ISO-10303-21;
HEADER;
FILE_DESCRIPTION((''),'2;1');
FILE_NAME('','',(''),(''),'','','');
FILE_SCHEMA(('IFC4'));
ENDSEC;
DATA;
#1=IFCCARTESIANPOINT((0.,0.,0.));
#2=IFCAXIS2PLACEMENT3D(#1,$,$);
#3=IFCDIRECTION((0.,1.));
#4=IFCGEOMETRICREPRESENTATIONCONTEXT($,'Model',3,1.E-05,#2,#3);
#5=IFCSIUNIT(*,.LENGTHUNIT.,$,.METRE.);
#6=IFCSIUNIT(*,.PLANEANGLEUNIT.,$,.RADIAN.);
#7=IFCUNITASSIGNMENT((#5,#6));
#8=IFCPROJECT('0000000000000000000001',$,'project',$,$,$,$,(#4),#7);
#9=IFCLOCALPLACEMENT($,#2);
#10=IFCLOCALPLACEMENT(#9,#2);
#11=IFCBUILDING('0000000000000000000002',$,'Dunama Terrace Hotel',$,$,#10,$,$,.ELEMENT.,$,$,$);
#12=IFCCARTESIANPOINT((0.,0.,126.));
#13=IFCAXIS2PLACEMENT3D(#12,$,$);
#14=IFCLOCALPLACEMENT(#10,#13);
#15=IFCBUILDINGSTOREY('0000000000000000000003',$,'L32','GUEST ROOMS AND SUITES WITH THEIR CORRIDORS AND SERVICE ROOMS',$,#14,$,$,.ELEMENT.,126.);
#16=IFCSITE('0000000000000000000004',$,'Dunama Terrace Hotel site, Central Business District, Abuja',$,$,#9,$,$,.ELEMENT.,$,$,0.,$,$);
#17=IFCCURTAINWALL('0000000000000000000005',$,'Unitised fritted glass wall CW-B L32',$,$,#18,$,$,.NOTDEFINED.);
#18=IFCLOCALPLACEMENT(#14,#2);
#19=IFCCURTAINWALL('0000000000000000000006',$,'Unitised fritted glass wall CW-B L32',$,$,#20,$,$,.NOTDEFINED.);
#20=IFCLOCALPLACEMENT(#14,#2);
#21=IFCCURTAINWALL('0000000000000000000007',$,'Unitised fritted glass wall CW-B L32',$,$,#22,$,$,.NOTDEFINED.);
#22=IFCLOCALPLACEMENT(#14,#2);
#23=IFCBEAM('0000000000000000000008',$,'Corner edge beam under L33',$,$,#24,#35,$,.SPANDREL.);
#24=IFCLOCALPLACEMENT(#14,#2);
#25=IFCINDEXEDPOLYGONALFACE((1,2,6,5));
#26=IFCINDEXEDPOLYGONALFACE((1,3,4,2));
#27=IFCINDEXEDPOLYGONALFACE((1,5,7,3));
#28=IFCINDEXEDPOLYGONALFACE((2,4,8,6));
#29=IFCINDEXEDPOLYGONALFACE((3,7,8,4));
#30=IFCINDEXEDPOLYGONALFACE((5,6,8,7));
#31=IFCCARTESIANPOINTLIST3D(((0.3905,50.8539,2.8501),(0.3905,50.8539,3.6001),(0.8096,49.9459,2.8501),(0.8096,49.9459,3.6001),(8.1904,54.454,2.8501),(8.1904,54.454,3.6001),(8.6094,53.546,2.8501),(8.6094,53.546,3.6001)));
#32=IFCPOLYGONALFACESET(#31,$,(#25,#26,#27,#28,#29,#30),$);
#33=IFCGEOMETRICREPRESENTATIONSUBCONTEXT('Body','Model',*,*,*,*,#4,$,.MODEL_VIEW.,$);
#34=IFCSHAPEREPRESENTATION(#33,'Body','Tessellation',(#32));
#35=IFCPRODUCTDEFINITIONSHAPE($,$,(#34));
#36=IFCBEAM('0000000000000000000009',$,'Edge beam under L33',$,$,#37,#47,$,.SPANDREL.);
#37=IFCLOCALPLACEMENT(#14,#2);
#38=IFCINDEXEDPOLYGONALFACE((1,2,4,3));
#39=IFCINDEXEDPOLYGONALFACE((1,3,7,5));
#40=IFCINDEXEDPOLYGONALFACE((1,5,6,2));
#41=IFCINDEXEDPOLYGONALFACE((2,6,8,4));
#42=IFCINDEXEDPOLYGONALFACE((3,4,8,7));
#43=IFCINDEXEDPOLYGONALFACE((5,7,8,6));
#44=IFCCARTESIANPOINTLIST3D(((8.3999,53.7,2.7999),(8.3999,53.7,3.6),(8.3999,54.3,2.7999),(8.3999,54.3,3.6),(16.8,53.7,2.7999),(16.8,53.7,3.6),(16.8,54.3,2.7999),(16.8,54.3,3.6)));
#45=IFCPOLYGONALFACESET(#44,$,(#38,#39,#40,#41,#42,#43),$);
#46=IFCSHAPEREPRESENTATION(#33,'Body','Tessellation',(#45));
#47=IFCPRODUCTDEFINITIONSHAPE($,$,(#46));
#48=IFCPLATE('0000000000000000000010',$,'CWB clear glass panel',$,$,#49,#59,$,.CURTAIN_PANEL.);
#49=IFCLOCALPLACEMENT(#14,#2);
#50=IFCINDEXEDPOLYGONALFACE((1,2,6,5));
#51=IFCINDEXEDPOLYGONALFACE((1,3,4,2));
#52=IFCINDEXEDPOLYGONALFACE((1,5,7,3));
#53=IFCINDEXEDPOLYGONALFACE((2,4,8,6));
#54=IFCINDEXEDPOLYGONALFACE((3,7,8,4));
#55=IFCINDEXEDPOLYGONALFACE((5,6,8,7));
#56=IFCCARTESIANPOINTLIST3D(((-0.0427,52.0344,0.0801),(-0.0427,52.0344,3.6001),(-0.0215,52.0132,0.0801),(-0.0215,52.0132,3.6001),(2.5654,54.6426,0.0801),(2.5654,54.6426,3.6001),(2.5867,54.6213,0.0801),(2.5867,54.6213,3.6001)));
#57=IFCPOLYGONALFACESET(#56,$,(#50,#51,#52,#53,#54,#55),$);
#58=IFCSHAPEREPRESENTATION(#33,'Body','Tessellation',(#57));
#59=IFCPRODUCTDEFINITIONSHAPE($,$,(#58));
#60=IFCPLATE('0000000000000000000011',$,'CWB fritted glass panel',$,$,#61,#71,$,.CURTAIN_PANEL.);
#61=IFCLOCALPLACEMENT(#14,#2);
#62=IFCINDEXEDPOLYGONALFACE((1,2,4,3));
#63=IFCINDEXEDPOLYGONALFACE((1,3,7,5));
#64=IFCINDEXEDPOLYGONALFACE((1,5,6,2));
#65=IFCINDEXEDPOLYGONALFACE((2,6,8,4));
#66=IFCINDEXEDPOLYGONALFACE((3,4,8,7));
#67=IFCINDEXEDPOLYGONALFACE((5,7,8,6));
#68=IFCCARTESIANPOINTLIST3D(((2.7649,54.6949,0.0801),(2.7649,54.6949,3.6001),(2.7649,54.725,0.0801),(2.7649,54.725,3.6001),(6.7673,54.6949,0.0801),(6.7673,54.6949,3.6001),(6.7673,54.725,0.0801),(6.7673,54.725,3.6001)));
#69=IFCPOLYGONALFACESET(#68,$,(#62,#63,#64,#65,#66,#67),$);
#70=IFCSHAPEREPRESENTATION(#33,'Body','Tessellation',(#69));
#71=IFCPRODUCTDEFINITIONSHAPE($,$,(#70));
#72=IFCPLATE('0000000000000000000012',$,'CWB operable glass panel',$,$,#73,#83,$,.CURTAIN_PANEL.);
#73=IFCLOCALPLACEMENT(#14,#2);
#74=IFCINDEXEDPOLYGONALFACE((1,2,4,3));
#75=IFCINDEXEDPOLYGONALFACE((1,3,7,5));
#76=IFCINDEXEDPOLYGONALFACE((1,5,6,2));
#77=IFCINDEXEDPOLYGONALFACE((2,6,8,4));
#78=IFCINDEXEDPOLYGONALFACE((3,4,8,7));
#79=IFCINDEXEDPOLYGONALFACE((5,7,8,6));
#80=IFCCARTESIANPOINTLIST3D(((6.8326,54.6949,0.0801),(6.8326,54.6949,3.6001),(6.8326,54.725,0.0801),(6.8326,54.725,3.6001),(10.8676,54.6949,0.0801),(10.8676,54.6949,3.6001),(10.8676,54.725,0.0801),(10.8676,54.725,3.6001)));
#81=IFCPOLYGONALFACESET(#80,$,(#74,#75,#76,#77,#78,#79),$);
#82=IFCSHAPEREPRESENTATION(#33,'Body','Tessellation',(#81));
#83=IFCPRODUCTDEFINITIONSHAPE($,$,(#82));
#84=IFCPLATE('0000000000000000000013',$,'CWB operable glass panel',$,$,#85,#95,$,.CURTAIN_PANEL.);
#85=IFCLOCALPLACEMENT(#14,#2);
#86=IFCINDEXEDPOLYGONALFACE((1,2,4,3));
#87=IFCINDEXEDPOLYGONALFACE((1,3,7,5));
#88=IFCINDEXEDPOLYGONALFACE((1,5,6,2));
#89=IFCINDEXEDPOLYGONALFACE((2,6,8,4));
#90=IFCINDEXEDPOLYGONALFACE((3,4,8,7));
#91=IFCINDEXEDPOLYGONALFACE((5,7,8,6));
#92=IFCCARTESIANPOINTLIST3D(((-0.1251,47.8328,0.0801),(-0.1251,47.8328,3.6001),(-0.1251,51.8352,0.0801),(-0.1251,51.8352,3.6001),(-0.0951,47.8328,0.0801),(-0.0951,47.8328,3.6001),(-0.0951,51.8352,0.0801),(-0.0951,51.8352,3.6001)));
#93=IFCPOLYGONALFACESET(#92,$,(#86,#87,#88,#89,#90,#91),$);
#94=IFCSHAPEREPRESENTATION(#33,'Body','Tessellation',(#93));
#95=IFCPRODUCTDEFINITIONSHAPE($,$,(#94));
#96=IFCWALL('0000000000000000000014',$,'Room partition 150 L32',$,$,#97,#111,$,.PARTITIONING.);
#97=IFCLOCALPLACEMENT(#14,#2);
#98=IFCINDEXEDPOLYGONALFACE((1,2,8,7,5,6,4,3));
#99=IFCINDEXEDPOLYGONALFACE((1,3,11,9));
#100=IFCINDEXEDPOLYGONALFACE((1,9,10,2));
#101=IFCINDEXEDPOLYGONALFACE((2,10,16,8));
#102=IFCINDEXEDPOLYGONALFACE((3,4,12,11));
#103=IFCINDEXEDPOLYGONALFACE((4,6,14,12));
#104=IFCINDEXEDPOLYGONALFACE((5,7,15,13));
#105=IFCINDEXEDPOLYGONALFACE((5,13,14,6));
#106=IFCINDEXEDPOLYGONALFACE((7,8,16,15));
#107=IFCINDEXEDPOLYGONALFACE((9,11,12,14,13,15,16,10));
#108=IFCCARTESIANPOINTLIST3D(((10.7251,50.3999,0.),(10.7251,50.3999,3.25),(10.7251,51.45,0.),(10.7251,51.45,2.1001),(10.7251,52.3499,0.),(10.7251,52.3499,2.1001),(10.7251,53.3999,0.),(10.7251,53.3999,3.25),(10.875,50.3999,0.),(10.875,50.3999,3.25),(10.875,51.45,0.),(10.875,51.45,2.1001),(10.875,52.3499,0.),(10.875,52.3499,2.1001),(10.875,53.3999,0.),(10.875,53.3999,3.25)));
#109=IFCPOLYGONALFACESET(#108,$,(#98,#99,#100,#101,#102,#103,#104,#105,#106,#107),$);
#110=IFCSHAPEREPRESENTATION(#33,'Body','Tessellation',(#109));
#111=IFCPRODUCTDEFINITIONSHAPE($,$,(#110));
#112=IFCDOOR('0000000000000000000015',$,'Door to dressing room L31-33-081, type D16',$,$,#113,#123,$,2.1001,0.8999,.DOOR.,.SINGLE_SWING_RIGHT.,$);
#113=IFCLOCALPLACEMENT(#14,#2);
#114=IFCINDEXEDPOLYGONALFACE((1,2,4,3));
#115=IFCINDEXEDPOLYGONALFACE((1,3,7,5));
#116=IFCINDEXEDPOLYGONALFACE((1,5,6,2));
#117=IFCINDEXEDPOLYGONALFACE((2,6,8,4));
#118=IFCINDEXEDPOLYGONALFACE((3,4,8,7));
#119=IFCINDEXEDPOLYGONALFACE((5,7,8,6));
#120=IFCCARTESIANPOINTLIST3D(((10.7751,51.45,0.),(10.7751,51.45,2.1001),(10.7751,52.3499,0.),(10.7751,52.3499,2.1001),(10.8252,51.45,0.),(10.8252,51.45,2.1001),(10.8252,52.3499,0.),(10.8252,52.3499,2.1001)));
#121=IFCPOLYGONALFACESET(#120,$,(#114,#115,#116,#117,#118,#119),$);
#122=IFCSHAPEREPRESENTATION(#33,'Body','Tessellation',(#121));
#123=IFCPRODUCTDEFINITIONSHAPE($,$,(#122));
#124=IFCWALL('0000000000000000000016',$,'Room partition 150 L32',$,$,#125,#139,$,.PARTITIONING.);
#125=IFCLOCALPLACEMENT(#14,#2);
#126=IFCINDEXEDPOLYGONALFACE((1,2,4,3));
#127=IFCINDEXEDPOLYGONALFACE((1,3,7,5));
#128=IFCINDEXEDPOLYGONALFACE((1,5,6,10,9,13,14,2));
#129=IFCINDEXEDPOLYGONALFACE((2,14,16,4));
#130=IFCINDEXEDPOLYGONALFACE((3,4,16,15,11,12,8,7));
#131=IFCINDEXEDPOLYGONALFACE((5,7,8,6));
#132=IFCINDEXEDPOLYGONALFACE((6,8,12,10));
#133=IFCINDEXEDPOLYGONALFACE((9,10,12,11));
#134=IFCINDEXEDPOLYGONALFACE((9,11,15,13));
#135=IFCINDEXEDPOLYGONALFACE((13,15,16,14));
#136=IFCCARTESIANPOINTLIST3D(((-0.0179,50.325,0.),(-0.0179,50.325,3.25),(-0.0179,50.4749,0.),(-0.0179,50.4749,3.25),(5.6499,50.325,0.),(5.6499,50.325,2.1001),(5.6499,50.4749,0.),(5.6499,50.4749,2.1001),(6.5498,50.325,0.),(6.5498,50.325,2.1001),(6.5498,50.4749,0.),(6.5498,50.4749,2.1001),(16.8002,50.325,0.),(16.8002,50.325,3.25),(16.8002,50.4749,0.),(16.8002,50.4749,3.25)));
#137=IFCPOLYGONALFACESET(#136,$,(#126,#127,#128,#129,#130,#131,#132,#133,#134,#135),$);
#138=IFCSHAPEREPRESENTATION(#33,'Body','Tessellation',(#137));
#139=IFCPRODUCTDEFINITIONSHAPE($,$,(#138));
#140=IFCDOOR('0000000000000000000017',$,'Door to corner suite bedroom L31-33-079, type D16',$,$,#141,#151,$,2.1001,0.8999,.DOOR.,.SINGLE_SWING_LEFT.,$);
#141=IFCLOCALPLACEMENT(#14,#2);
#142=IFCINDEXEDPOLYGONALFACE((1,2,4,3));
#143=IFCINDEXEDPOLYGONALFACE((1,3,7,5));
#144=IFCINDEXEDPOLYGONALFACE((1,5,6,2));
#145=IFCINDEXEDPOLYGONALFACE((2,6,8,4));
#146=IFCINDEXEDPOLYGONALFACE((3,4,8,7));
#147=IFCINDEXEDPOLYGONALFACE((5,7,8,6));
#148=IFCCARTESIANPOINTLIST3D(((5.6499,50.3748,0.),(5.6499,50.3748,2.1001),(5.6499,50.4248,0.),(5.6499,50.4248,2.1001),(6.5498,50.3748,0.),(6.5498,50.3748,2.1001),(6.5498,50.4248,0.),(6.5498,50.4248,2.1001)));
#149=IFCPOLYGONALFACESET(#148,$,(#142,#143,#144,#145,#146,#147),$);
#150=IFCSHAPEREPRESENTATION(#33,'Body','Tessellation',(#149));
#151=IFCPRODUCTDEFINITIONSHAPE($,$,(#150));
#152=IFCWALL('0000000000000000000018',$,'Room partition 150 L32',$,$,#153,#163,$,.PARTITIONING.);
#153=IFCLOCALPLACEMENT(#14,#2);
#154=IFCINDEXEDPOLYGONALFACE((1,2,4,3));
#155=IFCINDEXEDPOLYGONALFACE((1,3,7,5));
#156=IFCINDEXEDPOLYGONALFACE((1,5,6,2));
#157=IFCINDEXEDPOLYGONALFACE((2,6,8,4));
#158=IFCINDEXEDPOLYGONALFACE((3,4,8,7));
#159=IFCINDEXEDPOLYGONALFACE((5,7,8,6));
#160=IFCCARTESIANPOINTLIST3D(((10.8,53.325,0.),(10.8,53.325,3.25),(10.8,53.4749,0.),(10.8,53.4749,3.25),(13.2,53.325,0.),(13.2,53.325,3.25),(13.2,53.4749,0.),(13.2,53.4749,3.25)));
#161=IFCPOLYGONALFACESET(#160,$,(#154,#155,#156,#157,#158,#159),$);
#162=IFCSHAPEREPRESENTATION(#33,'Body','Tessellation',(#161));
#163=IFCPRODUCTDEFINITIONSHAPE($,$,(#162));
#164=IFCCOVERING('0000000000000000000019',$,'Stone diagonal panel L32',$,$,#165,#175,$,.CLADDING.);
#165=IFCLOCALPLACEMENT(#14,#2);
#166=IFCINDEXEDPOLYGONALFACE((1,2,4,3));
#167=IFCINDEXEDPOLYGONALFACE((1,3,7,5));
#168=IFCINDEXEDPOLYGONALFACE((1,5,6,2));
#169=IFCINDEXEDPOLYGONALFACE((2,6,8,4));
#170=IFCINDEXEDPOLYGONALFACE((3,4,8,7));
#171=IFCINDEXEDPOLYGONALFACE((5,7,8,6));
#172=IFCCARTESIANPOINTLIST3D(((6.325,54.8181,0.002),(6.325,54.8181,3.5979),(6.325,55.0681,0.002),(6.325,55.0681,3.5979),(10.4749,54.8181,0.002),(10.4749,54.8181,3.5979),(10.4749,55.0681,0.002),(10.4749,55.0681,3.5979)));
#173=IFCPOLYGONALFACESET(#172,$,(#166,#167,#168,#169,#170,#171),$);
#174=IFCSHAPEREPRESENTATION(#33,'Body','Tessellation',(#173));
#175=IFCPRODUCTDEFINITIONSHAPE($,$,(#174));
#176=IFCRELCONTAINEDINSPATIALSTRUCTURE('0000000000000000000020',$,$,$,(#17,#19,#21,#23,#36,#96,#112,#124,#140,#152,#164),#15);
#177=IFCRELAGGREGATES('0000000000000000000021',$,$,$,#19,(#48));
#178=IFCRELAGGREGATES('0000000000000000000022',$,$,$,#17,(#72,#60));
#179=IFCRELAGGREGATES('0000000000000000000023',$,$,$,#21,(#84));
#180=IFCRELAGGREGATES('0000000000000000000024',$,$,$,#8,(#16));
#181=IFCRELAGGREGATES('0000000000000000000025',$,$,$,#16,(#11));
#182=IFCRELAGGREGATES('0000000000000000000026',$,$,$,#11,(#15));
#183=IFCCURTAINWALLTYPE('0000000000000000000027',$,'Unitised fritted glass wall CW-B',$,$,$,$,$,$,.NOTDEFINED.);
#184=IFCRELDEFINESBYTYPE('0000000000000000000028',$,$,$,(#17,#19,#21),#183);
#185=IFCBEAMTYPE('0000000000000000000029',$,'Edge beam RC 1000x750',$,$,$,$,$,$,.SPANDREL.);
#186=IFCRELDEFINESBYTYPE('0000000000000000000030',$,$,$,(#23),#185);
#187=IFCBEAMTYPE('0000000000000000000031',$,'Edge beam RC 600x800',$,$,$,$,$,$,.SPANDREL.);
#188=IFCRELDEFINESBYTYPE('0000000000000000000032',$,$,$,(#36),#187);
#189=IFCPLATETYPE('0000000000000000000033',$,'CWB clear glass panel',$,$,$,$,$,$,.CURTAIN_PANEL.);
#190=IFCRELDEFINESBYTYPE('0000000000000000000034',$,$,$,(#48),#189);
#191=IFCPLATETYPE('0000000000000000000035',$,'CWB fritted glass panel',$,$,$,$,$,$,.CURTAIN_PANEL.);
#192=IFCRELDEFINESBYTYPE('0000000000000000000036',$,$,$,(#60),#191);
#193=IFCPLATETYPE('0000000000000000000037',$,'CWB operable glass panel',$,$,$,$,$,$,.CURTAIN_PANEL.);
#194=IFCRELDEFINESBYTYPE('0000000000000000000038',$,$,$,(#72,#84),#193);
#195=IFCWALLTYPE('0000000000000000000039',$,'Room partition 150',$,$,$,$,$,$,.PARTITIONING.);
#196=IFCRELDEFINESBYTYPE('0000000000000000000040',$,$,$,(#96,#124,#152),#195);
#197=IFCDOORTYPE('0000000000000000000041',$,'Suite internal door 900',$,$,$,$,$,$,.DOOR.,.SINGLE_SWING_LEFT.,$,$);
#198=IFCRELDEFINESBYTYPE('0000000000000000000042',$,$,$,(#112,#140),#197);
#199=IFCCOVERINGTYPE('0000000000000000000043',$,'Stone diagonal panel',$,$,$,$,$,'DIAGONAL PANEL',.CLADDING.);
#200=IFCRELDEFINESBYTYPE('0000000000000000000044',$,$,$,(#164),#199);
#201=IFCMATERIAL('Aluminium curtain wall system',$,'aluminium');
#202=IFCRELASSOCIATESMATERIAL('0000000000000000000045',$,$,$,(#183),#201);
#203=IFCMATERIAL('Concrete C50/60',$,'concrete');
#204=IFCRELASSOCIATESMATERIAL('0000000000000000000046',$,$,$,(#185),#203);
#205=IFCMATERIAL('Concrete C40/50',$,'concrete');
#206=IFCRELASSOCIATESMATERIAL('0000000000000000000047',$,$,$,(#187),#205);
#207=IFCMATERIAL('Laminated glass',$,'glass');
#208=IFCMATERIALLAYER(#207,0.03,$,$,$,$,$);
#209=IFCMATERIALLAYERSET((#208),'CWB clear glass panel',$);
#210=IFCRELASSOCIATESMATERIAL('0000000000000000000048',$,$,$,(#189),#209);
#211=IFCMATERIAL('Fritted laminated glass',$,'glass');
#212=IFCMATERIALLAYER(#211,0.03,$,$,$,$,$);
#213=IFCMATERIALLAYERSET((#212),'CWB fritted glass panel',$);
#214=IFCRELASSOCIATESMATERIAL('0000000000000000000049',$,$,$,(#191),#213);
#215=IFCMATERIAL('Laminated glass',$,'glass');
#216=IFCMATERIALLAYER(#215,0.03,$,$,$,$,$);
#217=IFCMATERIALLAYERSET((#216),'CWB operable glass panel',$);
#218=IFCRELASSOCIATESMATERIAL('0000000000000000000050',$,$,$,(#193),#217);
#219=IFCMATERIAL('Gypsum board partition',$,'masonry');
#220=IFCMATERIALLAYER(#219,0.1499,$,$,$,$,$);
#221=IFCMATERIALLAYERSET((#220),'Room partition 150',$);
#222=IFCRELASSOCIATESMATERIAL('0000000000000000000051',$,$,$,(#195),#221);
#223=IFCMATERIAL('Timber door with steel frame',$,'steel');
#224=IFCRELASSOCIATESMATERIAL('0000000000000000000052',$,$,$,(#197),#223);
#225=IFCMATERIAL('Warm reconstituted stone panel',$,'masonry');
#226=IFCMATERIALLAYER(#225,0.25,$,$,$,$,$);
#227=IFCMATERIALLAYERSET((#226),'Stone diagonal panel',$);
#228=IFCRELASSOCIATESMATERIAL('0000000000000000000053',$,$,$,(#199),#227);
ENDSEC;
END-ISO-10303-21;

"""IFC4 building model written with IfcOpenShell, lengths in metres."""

from ifc_helpers import new_model, si_unit, direction, frame, frame_2d, origin, origin_2d, place, context, subcontext, project, spatial, rectangle, extrude, material, layer, layer_set, material_profile, profile_set, type_object, element, fill, aggregate, save


model = new_model("IFC4")

# Units and contexts
model_context = context("Model", 3, precision=1e-05, world=origin(), true_north=direction((0.0, 1.0)))
body_context = subcontext(model_context, "Body", "Model", "MODEL_VIEW")
ifc_project = project(units=[si_unit("LENGTHUNIT", "METRE"), si_unit("PLANEANGLEUNIT", "RADIAN")], contexts=[model_context])

# Site, building, storey
site_placement = place(None, origin())
site = spatial("IfcSite", under=ifc_project, at=site_placement, Name="Dunama Terrace Hotel site, Central Business District, Abuja", CompositionType="ELEMENT", RefElevation=0.0)
building_placement = place(site_placement, origin())
building = spatial("IfcBuilding", under=site, at=building_placement, Name="Dunama Terrace Hotel", CompositionType="ELEMENT")
storey_placement = place(building_placement, frame((0.0, 0.0, 126.0)))
storey = spatial("IfcBuildingStorey", under=building, at=storey_placement, Name="L32", Description="GUEST ROOMS AND SUITES WITH THEIR CORRIDORS AND SERVICE ROOMS", CompositionType="ELEMENT", Elevation=126.0)

# Curtain walls
ifc_material_1 = material(Name="Aluminium curtain wall system", Category="aluminium")
curtain_wall_type = type_object("IfcCurtainWallType", Name="Unitised fritted glass wall CW-B", PredefinedType="NOTDEFINED", material=ifc_material_1)
curtain_wall_1_placement = place(storey_placement, origin())
curtain_wall_1 = element("IfcCurtainWall", 1, at=curtain_wall_1_placement, inside=storey, type_object=curtain_wall_type, Name="Unitised fritted glass wall CW-B L32", PredefinedType="NOTDEFINED")
curtain_wall_2_placement = place(storey_placement, origin())
curtain_wall_2 = element("IfcCurtainWall", 2, at=curtain_wall_2_placement, inside=storey, type_object=curtain_wall_type, Name="Unitised fritted glass wall CW-B L32", PredefinedType="NOTDEFINED")
curtain_wall_3_placement = place(storey_placement, origin())
curtain_wall_3 = element("IfcCurtainWall", 3, at=curtain_wall_3_placement, inside=storey, type_object=curtain_wall_type, Name="Unitised fritted glass wall CW-B L32", PredefinedType="NOTDEFINED")

# Beams
ifc_material_2 = material(Name="Concrete C50/60", Category="concrete")
ifc_material_profile_1 = material_profile(ifc_material_2, rectangle(XDim=1.0, YDim=0.75, at=origin_2d()), Name="RC 1000x750")
ifc_profile_set_1 = profile_set([ifc_material_profile_1], Name="Concrete C50/60")
beam_type_1 = type_object("IfcBeamType", Name="Edge beam RC 1000x750", PredefinedType="SPANDREL", material=ifc_profile_set_1)
beam_1_placement = place(storey_placement, frame((8.3999, 54.0, 3.2251), z_axis=(-0.907951, -0.419076, 0.0), x_axis=(0.419076, -0.907951, 0.0)))
element("IfcBeam", 4, at=beam_1_placement, inside=storey, type_object=beam_type_1, Name="Corner edge beam under L33", PredefinedType="SPANDREL", context=body_context, shape_type="SweptSolid", body=[
    extrude(rectangle(XDim=1.0, YDim=0.75, at=origin_2d()), origin(), (0.0, 0.0, 1.0), 8.5906),
])
ifc_material_3 = material(Name="Concrete C40/50", Category="concrete")
ifc_material_profile_2 = material_profile(ifc_material_3, rectangle(XDim=0.6001, YDim=0.8, at=origin_2d()), Name="RC 600x800")
ifc_profile_set_2 = profile_set([ifc_material_profile_2], Name="Concrete C40/50")
beam_type_2 = type_object("IfcBeamType", Name="Edge beam RC 600x800", PredefinedType="SPANDREL", material=ifc_profile_set_2)
beam_2_placement = place(storey_placement, frame((8.3999, 54.0, 3.2), z_axis=(1.0, 0.0, 0.0), x_axis=(0.0, 1.0, 0.0)))
element("IfcBeam", 5, at=beam_2_placement, inside=storey, type_object=beam_type_2, Name="Edge beam under L33", PredefinedType="SPANDREL", context=body_context, shape_type="SweptSolid", body=[
    extrude(rectangle(XDim=0.6001, YDim=0.8, at=origin_2d()), origin(), (0.0, 0.0, 1.0), 8.4001),
])

# Plates
ifc_material_4 = material(Name="Laminated glass", Category="glass")
ifc_layer_1 = layer(ifc_material_4, 0.03)
ifc_layer_set_1 = layer_set([ifc_layer_1], Name="CWB clear glass panel")
plate_type_1 = type_object("IfcPlateType", Name="CWB clear glass panel", PredefinedType="CURTAIN_PANEL", material=ifc_layer_set_1)
plate_1_placement = place(storey_placement, frame((1.272, 53.3279, 0.0801), z_axis=(0.0, 0.0, 1.0), x_axis=(-0.707107, -0.707107, 0.0)))
plate_1 = element("IfcPlate", 6, at=plate_1_placement, type_object=plate_type_1, Name="CWB clear glass panel", PredefinedType="CURTAIN_PANEL", context=body_context, shape_type="SweptSolid", body=[
    extrude(rectangle(XDim=3.6885, YDim=0.03, at=origin_2d()), origin(), (0.0, 0.0, 1.0), 3.52),
])
aggregate(curtain_wall_2, [plate_1])
ifc_material_5 = material(Name="Fritted laminated glass", Category="glass")
ifc_layer_2 = layer(ifc_material_5, 0.03)
ifc_layer_set_2 = layer_set([ifc_layer_2], Name="CWB fritted glass panel")
plate_type_2 = type_object("IfcPlateType", Name="CWB fritted glass panel", PredefinedType="CURTAIN_PANEL", material=ifc_layer_set_2)
plate_2_placement = place(storey_placement, frame((4.7661, 54.71, 0.0801), z_axis=(0.0, 0.0, 1.0), x_axis=(-1.0, 0.0, 0.0)))
plate_2 = element("IfcPlate", 7, at=plate_2_placement, type_object=plate_type_2, Name="CWB fritted glass panel", PredefinedType="CURTAIN_PANEL", context=body_context, shape_type="SweptSolid", body=[
    extrude(rectangle(XDim=4.0024, YDim=0.03, at=origin_2d()), origin(), (0.0, 0.0, 1.0), 3.52),
])
ifc_material_6 = material(Name="Laminated glass", Category="glass")
ifc_layer_3 = layer(ifc_material_6, 0.03)
ifc_layer_set_3 = layer_set([ifc_layer_3], Name="CWB operable glass panel")
plate_type_3 = type_object("IfcPlateType", Name="CWB operable glass panel", PredefinedType="CURTAIN_PANEL", material=ifc_layer_set_3)
plate_3_placement = place(storey_placement, frame((8.8501, 54.71, 0.0801), z_axis=(0.0, 0.0, 1.0), x_axis=(-1.0, 0.0, 0.0)))
plate_3 = element("IfcPlate", 8, at=plate_3_placement, type_object=plate_type_3, Name="CWB operable glass panel", PredefinedType="CURTAIN_PANEL", context=body_context, shape_type="SweptSolid", body=[
    extrude(rectangle(XDim=4.0349, YDim=0.03, at=origin_2d()), origin(), (0.0, 0.0, 1.0), 3.52),
])
aggregate(curtain_wall_1, [plate_3, plate_2])
plate_4_placement = place(storey_placement, frame((-0.1101, 49.834, 0.0801), z_axis=(0.0, 0.0, 1.0), x_axis=(0.0, -1.0, 0.0)))
plate_4 = element("IfcPlate", 9, at=plate_4_placement, type_object=plate_type_3, Name="CWB operable glass panel", PredefinedType="CURTAIN_PANEL", context=body_context, shape_type="SweptSolid", body=[
    extrude(rectangle(XDim=4.0024, YDim=0.03, at=origin_2d()), origin(), (0.0, 0.0, 1.0), 3.52),
])
aggregate(curtain_wall_3, [plate_4])

# Walls, openings, doors
ifc_material_7 = material(Name="Gypsum board partition", Category="masonry")
ifc_layer_4 = layer(ifc_material_7, 0.1499)
ifc_layer_set_4 = layer_set([ifc_layer_4], Name="Room partition 150")
wall_type = type_object("IfcWallType", Name="Room partition 150", PredefinedType="PARTITIONING", material=ifc_layer_set_4)
wall_1_placement = place(storey_placement, frame((10.8, 50.3999, 0.0), z_axis=(0.0, 0.0, 1.0), x_axis=(0.0, 1.0, 0.0)))
wall_1 = element("IfcWall", 10, at=wall_1_placement, inside=storey, type_object=wall_type, Name="Room partition 150 L32", PredefinedType="PARTITIONING", context=body_context, shape_type="SweptSolid", body=[
    extrude(rectangle(XDim=3.0, YDim=0.1499, at=frame_2d((1.5, 0.0))), origin(), (0.0, 0.0, 1.0), 3.25),
])
opening_1_placement = place(wall_1_placement, frame((1.05, 0.0, 0.0)))
opening_1 = element("IfcOpeningElement", 11, at=opening_1_placement, cuts=wall_1, PredefinedType="OPENING", context=body_context, shape_type="SweptSolid", body=[
    extrude(rectangle(XDim=0.8999, YDim=2.1001, at=frame_2d((0.45, 1.05))), frame((0.0, 0.085, 0.0), z_axis=(0.0, -1.0, 0.0), x_axis=(1.0, 0.0, 0.0)), (0.0, 0.0, 1.0), 0.1699),
])
ifc_material_8 = material(Name="Timber door with steel frame", Category="steel")
door_type = type_object("IfcDoorType", Name="Suite internal door 900", OperationType="SINGLE_SWING_LEFT", PredefinedType="DOOR", material=ifc_material_8)
door_1_placement = place(opening_1_placement, frame((0.8999, 0.0, 0.0), z_axis=(0.0, 0.0, 1.0), x_axis=(-1.0, 0.0, 0.0)))
door_1 = element("IfcDoor", 12, at=door_1_placement, inside=storey, type_object=door_type, Name="Door to dressing room L31-33-081, type D16", OperationType="SINGLE_SWING_RIGHT", OverallHeight=2.1001, OverallWidth=0.8999, PredefinedType="DOOR", context=body_context, shape_type="SweptSolid", body=[
    extrude(rectangle(XDim=0.8999, YDim=2.1001, at=frame_2d((0.45, 1.05))), frame((0.0, 0.0251, 0.0), z_axis=(0.0, -1.0, 0.0), x_axis=(1.0, 0.0, 0.0)), (0.0, 0.0, 1.0), 0.05),
])
fill(opening_1, door_1)
wall_2_placement = place(storey_placement, frame((-0.0181, 50.3999, 0.0), z_axis=(0.0, 0.0, 1.0), x_axis=(1.0, 0.0, 0.0)))
wall_2 = element("IfcWall", 13, at=wall_2_placement, inside=storey, type_object=wall_type, Name="Room partition 150 L32", PredefinedType="PARTITIONING", context=body_context, shape_type="SweptSolid", body=[
    extrude(rectangle(XDim=16.8181, YDim=0.1499, at=frame_2d((8.4092, 0.0))), origin(), (0.0, 0.0, 1.0), 3.25),
])
opening_2_placement = place(wall_2_placement, frame((5.668, 0.0, 0.0)))
opening_2 = element("IfcOpeningElement", 14, at=opening_2_placement, cuts=wall_2, PredefinedType="OPENING", context=body_context, shape_type="SweptSolid", body=[
    extrude(rectangle(XDim=0.8999, YDim=2.1001, at=frame_2d((0.45, 1.05))), frame((0.0, 0.085, 0.0), z_axis=(0.0, -1.0, 0.0), x_axis=(1.0, 0.0, 0.0)), (0.0, 0.0, 1.0), 0.1699),
])
door_2_placement = place(opening_2_placement, origin())
door_2 = element("IfcDoor", 15, at=door_2_placement, inside=storey, type_object=door_type, Name="Door to corner suite bedroom L31-33-079, type D16", OperationType="SINGLE_SWING_LEFT", OverallHeight=2.1001, OverallWidth=0.8999, PredefinedType="DOOR", context=body_context, shape_type="SweptSolid", body=[
    extrude(rectangle(XDim=0.8999, YDim=2.1001, at=frame_2d((0.45, 1.05))), frame((0.0, 0.0249, 0.0), z_axis=(0.0, -1.0, 0.0), x_axis=(1.0, 0.0, 0.0)), (0.0, 0.0, 1.0), 0.05),
])
fill(opening_2, door_2)

# Wall
wall_3_placement = place(storey_placement, frame((10.8, 53.3999, 0.0), z_axis=(0.0, 0.0, 1.0), x_axis=(1.0, 0.0, 0.0)))
element("IfcWall", 16, at=wall_3_placement, inside=storey, type_object=wall_type, Name="Room partition 150 L32", PredefinedType="PARTITIONING", context=body_context, shape_type="SweptSolid", body=[
    extrude(rectangle(XDim=2.3999, YDim=0.1499, at=frame_2d((1.2, 0.0))), origin(), (0.0, 0.0, 1.0), 3.25),
])

# Covering
ifc_material_9 = material(Name="Warm reconstituted stone panel", Category="masonry")
ifc_layer_5 = layer(ifc_material_9, 0.25)
ifc_layer_set_5 = layer_set([ifc_layer_5], Name="Stone diagonal panel")
covering_type = type_object("IfcCoveringType", Name="Stone diagonal panel", ElementType="DIAGONAL PANEL", PredefinedType="CLADDING", material=ifc_layer_set_5)
covering_1_placement = place(storey_placement, frame((8.3999, 54.9431, 0.002), z_axis=(0.0, 0.0, 1.0), x_axis=(-1.0, 0.0, 0.0)))
element("IfcCovering", 17, at=covering_1_placement, inside=storey, type_object=covering_type, Name="Stone diagonal panel L32", PredefinedType="CLADDING", context=body_context, shape_type="SweptSolid", body=[
    extrude(rectangle(XDim=4.1499, YDim=0.25, at=origin_2d()), origin(), (0.0, 0.0, 1.0), 3.5959),
])

save(model, "model.ifc")
